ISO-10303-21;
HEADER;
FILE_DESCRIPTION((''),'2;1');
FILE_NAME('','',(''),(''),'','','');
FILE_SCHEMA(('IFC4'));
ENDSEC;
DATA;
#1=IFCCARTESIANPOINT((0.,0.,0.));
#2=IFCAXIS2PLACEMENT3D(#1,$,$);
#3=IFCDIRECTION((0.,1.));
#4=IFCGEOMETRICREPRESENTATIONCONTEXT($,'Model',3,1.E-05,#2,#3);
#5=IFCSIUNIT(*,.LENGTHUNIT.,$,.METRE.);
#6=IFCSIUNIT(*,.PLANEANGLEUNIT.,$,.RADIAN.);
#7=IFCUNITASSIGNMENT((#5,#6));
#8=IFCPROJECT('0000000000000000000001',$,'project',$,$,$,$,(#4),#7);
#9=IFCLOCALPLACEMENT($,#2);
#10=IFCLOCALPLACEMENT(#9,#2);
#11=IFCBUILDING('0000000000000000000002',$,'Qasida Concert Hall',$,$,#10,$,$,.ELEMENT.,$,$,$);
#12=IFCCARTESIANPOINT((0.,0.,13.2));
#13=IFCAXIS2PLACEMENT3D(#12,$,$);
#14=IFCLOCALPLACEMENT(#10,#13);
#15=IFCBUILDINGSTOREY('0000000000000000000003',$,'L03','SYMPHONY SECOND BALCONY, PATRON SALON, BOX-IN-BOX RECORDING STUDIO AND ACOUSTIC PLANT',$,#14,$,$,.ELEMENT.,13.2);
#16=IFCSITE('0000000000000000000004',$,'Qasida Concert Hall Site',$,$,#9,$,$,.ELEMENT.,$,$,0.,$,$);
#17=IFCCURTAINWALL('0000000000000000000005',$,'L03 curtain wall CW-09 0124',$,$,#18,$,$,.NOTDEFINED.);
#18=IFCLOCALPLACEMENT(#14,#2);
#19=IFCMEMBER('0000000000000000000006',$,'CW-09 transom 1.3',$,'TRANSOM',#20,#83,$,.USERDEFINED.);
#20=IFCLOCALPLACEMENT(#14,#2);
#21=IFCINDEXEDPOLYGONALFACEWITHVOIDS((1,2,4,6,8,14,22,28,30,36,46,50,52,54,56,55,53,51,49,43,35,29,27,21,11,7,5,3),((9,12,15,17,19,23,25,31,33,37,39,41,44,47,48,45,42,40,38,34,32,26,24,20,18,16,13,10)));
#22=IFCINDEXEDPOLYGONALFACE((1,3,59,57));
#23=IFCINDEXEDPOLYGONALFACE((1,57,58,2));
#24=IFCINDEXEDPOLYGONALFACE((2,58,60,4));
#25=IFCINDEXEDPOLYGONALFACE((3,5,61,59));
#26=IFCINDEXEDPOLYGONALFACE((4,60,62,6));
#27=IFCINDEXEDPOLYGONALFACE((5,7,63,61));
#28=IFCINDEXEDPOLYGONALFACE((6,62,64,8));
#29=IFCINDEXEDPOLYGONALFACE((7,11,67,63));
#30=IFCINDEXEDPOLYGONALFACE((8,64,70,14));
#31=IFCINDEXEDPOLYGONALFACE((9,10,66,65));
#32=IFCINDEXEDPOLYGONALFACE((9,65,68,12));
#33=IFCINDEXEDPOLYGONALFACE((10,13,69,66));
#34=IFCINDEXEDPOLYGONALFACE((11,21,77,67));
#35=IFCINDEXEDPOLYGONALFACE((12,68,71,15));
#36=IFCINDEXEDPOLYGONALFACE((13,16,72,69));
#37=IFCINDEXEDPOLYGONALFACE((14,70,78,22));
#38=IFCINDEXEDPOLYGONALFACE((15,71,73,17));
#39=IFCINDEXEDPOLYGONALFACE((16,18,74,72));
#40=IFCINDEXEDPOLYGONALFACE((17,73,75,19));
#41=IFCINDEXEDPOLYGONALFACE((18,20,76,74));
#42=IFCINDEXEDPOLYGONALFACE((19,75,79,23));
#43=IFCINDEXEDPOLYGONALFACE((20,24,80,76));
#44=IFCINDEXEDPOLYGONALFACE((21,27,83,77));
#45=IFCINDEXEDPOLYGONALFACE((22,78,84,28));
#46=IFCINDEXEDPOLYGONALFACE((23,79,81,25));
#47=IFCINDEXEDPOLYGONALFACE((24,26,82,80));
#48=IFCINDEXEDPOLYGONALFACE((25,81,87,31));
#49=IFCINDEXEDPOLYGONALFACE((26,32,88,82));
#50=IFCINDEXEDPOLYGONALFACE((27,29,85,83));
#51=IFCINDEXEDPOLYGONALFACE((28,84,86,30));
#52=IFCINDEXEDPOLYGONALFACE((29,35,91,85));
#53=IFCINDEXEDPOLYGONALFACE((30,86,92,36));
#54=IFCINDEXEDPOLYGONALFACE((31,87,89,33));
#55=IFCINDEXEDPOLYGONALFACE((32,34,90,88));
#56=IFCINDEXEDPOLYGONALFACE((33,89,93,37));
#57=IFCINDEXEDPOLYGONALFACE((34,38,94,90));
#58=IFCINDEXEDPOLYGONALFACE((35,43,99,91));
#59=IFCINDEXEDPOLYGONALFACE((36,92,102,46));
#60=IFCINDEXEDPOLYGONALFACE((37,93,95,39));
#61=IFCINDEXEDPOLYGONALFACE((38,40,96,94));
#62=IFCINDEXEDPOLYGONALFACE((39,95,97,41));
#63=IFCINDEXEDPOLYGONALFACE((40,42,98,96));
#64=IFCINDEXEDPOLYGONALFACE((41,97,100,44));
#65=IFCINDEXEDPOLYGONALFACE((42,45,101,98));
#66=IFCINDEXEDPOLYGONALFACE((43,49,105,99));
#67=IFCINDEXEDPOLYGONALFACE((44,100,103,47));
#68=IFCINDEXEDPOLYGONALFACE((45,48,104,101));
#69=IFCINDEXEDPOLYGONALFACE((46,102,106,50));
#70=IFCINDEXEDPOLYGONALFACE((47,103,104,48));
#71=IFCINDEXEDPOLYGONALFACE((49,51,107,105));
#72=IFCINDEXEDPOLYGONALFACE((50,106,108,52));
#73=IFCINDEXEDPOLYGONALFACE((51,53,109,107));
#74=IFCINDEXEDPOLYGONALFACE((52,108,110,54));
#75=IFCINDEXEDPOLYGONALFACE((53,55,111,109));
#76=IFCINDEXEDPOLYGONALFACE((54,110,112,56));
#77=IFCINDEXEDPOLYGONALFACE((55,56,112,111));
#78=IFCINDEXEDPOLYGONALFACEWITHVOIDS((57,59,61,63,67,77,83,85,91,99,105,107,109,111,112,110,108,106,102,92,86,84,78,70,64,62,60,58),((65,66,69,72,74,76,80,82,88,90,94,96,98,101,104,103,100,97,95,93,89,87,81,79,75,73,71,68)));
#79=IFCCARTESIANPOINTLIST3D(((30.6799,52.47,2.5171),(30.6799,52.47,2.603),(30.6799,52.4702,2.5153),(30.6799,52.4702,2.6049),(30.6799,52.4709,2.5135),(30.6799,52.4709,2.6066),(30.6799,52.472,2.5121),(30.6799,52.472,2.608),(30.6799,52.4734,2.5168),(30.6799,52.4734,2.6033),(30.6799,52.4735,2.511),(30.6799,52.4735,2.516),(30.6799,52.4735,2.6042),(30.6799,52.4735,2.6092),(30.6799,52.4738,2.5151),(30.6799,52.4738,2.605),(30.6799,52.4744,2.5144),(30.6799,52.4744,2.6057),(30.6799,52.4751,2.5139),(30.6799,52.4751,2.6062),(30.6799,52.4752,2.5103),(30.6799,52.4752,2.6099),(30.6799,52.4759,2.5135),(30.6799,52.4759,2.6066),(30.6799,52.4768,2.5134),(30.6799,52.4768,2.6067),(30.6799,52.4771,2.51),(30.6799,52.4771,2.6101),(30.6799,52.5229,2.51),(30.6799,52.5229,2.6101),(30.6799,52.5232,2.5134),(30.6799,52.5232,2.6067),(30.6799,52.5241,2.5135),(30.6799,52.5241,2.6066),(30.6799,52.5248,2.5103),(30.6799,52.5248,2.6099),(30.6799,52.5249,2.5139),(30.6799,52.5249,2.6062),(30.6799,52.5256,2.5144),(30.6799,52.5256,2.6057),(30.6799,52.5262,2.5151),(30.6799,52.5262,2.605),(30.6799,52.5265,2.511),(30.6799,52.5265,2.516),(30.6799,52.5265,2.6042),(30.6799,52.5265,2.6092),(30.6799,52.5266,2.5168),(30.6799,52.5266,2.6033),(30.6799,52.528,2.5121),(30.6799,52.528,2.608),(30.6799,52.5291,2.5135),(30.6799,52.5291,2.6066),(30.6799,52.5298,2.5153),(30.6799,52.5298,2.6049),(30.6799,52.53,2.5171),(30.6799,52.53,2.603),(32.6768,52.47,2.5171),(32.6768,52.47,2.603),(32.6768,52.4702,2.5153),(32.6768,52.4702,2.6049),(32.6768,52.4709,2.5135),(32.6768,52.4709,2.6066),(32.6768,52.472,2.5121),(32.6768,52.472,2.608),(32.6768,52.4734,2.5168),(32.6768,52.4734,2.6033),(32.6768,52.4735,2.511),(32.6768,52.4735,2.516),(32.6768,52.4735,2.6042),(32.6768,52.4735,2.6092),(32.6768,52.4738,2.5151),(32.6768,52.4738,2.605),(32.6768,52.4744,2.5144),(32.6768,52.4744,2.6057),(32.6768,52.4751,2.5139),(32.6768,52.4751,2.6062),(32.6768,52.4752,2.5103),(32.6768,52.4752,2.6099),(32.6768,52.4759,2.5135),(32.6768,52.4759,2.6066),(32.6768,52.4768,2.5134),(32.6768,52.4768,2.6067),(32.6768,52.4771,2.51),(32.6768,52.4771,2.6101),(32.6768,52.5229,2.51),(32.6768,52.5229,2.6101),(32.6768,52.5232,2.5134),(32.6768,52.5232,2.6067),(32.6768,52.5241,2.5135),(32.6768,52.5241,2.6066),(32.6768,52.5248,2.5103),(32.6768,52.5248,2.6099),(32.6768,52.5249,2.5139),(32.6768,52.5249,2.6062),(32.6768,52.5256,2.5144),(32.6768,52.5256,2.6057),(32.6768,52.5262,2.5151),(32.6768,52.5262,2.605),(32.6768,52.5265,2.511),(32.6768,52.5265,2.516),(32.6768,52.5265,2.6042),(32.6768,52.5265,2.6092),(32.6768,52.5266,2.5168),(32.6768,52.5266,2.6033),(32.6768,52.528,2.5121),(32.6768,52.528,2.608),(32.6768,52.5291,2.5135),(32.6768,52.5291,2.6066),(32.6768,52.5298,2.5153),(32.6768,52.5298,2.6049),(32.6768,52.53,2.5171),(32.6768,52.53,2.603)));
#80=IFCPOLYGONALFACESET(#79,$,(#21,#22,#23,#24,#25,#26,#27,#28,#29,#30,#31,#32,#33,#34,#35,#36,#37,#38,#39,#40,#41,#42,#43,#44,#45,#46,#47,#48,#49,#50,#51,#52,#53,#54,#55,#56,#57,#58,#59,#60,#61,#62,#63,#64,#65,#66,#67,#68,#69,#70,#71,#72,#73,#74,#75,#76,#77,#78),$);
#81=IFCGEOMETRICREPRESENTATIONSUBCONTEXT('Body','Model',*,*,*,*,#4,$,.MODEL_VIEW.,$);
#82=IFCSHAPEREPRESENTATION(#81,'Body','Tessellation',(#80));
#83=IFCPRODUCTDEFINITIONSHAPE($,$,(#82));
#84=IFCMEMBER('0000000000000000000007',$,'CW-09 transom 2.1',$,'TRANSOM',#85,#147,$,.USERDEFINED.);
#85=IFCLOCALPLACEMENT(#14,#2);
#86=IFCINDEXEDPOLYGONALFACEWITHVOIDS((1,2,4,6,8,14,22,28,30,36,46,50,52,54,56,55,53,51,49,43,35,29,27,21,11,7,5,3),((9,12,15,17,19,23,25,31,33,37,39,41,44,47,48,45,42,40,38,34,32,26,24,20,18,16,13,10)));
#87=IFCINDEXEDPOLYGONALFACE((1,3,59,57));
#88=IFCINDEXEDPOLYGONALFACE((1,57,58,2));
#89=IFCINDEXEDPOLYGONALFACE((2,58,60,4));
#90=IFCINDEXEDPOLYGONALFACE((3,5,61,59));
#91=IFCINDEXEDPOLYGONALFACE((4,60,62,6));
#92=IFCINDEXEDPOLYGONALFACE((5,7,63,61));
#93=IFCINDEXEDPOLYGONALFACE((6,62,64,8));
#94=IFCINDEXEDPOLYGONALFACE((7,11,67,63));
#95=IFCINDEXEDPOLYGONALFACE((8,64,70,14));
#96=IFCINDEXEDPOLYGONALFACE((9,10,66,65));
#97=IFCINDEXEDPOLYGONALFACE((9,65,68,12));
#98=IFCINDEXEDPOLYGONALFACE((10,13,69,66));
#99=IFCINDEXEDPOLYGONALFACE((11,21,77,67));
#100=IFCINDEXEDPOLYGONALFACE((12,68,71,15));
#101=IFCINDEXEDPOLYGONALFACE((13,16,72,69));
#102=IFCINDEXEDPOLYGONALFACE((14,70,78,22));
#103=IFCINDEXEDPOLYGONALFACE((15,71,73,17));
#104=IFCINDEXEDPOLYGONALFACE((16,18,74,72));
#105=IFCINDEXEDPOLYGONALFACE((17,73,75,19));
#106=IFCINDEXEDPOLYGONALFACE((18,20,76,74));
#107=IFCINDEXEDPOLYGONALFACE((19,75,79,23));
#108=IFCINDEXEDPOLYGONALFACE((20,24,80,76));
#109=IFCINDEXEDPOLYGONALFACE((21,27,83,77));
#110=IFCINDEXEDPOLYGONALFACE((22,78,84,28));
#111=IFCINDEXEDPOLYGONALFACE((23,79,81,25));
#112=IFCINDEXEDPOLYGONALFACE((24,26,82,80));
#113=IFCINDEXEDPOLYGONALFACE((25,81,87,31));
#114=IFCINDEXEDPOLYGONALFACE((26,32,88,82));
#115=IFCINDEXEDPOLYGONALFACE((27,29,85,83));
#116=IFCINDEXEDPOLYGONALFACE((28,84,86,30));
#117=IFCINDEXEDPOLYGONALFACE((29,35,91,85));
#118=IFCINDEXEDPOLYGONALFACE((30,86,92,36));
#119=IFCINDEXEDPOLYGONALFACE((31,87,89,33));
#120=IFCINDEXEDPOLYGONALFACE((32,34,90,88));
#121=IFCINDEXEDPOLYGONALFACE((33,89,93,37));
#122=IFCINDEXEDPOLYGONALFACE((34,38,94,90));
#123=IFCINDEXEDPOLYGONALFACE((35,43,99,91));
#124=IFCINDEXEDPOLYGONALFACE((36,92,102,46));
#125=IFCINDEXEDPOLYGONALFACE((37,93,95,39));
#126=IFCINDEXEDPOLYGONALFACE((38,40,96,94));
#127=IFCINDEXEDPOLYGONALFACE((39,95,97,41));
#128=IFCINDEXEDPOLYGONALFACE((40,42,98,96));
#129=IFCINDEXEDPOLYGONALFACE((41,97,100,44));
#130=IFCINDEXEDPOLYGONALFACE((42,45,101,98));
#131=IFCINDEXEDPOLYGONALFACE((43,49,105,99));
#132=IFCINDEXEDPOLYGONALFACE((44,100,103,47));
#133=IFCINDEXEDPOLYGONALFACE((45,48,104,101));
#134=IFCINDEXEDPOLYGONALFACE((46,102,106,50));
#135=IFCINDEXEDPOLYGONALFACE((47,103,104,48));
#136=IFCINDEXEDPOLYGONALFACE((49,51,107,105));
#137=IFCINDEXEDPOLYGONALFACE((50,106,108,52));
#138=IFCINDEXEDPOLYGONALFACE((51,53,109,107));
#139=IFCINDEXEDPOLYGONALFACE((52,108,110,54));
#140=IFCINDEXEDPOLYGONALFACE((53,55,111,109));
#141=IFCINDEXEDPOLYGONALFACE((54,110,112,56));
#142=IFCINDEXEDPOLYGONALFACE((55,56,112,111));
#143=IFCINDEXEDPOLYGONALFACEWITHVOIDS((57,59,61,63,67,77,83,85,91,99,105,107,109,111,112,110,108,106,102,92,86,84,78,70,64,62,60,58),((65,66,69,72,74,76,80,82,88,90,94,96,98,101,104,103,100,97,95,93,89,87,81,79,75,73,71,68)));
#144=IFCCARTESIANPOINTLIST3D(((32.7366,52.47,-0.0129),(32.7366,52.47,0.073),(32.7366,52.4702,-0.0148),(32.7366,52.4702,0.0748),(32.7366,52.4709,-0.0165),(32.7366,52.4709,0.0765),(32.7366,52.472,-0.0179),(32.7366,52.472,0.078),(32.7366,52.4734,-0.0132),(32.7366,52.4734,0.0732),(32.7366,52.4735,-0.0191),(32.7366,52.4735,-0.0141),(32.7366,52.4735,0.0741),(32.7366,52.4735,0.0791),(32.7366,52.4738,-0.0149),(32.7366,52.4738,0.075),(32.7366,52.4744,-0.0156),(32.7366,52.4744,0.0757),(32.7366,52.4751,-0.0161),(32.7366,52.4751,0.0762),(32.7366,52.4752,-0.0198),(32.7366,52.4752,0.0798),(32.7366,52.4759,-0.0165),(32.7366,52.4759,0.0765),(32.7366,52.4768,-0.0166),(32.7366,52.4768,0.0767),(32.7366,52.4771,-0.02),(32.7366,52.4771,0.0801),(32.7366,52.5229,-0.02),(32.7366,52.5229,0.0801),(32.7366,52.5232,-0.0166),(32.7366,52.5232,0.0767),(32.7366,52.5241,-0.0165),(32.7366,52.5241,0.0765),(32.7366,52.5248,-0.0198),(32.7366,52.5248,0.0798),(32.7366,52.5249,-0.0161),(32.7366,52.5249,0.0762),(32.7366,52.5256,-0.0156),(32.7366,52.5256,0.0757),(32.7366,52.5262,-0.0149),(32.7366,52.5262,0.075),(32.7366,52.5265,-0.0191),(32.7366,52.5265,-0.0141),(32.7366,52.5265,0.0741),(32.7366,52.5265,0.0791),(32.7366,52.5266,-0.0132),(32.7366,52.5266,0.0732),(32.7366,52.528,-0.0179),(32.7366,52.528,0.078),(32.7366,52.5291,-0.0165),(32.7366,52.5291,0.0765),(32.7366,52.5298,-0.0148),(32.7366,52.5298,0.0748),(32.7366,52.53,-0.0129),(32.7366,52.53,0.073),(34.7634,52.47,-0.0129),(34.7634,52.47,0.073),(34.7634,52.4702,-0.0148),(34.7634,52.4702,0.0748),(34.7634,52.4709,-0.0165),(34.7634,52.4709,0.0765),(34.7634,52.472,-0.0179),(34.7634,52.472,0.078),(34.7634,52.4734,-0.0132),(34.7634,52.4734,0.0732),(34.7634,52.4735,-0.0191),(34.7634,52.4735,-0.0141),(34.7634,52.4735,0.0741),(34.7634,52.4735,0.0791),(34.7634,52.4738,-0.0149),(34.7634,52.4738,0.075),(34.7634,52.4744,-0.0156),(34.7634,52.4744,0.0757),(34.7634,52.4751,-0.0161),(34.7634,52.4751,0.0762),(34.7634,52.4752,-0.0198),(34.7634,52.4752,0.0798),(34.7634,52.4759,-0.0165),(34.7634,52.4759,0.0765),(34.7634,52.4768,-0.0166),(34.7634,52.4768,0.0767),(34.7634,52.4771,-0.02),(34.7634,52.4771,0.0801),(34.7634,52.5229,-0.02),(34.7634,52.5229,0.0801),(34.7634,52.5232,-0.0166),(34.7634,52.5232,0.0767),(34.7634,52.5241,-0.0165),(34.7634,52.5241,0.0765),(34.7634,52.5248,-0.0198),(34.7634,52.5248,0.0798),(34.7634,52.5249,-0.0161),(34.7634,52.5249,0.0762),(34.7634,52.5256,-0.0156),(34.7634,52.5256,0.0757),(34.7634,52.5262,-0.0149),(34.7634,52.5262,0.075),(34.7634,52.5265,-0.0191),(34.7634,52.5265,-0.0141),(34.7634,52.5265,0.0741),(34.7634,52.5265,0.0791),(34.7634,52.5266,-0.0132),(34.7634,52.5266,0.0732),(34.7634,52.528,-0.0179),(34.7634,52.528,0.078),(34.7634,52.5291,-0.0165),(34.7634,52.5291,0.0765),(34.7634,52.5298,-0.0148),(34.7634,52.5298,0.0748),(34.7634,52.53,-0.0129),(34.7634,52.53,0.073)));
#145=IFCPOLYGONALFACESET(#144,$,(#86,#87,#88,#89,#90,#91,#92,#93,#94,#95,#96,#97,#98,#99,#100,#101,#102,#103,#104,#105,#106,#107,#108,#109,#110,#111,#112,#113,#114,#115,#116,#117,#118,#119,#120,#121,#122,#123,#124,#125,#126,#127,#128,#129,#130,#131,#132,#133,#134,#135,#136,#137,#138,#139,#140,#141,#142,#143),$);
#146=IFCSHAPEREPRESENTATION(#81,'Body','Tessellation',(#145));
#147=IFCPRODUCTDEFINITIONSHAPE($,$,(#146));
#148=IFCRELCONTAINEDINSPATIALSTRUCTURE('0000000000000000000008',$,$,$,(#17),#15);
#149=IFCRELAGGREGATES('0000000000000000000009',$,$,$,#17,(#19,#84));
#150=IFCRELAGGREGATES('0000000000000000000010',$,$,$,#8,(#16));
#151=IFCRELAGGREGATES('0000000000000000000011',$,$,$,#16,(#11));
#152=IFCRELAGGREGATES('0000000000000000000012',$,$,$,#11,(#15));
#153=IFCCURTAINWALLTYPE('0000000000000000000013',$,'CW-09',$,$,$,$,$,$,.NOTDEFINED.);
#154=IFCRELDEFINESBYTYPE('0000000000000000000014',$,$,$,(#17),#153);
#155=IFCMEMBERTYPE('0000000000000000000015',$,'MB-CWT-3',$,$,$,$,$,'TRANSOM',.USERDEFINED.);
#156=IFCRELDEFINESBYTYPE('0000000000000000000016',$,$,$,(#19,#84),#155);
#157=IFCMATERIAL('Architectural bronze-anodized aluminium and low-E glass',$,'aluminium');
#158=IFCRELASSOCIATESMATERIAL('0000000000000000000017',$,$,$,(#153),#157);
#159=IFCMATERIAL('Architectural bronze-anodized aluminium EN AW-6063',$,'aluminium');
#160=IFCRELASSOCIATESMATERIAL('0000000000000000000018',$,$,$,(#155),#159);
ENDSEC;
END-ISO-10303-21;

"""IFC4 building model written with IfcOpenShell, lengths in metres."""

from ifc_helpers import new_model, si_unit, direction, frame, origin, origin_2d, place, context, subcontext, project, spatial, hollow_rectangle, extrude, material, material_profile, profile_set, type_object, element, aggregate, save


model = new_model("IFC4")

# Units and contexts
model_context = context("Model", 3, precision=1e-05, world=origin(), true_north=direction((0.0, 1.0)))
body_context = subcontext(model_context, "Body", "Model", "MODEL_VIEW")
ifc_project = project(units=[si_unit("LENGTHUNIT", "METRE"), si_unit("PLANEANGLEUNIT", "RADIAN")], contexts=[model_context])

# Site, building, storey
site_placement = place(None, origin())
site = spatial("IfcSite", under=ifc_project, at=site_placement, Name="Qasida Concert Hall Site", CompositionType="ELEMENT", RefElevation=0.0)
building_placement = place(site_placement, origin())
building = spatial("IfcBuilding", under=site, at=building_placement, Name="Qasida Concert Hall", CompositionType="ELEMENT")
storey_placement = place(building_placement, frame((0.0, 0.0, 13.2)))
storey = spatial("IfcBuildingStorey", under=building, at=storey_placement, Name="L03", Description="SYMPHONY SECOND BALCONY, PATRON SALON, BOX-IN-BOX RECORDING STUDIO AND ACOUSTIC PLANT", CompositionType="ELEMENT", Elevation=13.2)

# Curtain wall
ifc_material_1 = material(Name="Architectural bronze-anodized aluminium and low-E glass", Category="aluminium")
curtain_wall_type = type_object("IfcCurtainWallType", Name="CW-09", PredefinedType="NOTDEFINED", material=ifc_material_1)
curtain_wall_1_placement = place(storey_placement, origin())
curtain_wall_1 = element("IfcCurtainWall", 1, at=curtain_wall_1_placement, inside=storey, type_object=curtain_wall_type, Name="L03 curtain wall CW-09 0124", PredefinedType="NOTDEFINED")
ifc_material_2 = material(Name="Architectural bronze-anodized aluminium EN AW-6063", Category="aluminium")

# Members
ifc_material_profile_1 = material_profile(ifc_material_2, hollow_rectangle(XDim=0.0601, YDim=0.1001, WallThickness=0.0034, InnerFilletRadius=0.0034, OuterFilletRadius=0.0071, at=origin_2d()), Name="CWT 100x60x3.5")
ifc_profile_set_1 = profile_set([ifc_material_profile_1], Name="Architectural bronze-anodized aluminium EN AW-6063")
member_type_1 = type_object("IfcMemberType", Name="MB-CWT-3", ElementType="TRANSOM", PredefinedType="USERDEFINED", material=ifc_profile_set_1)
member_1_placement = place(storey_placement, frame((30.6799, 52.5, 2.5601), z_axis=(1.0, 0.0, 0.0), x_axis=(0.0, 1.0, 0.0)))
member_1 = element("IfcMember", 2, at=member_1_placement, type_object=member_type_1, Name="CW-09 transom 1.3", ObjectType="TRANSOM", PredefinedType="USERDEFINED", context=body_context, shape_type="SweptSolid", body=[
    extrude(hollow_rectangle(XDim=0.0601, YDim=0.1001, WallThickness=0.0034, InnerFilletRadius=0.0034, OuterFilletRadius=0.0071, at=origin_2d()), origin(), (0.0, 0.0, 1.0), 1.9968),
])
member_2_placement = place(storey_placement, frame((32.7366, 52.5, 0.03), z_axis=(1.0, 0.0, 0.0), x_axis=(0.0, 1.0, 0.0)))
member_2 = element("IfcMember", 3, at=member_2_placement, type_object=member_type_1, Name="CW-09 transom 2.1", ObjectType="TRANSOM", PredefinedType="USERDEFINED", context=body_context, shape_type="SweptSolid", body=[
    extrude(hollow_rectangle(XDim=0.0601, YDim=0.1001, WallThickness=0.0034, InnerFilletRadius=0.0034, OuterFilletRadius=0.0071, at=origin_2d()), origin(), (0.0, 0.0, 1.0), 2.0269),
])

aggregate(curtain_wall_1, [member_1, member_2])

save(model, "model.ifc")
